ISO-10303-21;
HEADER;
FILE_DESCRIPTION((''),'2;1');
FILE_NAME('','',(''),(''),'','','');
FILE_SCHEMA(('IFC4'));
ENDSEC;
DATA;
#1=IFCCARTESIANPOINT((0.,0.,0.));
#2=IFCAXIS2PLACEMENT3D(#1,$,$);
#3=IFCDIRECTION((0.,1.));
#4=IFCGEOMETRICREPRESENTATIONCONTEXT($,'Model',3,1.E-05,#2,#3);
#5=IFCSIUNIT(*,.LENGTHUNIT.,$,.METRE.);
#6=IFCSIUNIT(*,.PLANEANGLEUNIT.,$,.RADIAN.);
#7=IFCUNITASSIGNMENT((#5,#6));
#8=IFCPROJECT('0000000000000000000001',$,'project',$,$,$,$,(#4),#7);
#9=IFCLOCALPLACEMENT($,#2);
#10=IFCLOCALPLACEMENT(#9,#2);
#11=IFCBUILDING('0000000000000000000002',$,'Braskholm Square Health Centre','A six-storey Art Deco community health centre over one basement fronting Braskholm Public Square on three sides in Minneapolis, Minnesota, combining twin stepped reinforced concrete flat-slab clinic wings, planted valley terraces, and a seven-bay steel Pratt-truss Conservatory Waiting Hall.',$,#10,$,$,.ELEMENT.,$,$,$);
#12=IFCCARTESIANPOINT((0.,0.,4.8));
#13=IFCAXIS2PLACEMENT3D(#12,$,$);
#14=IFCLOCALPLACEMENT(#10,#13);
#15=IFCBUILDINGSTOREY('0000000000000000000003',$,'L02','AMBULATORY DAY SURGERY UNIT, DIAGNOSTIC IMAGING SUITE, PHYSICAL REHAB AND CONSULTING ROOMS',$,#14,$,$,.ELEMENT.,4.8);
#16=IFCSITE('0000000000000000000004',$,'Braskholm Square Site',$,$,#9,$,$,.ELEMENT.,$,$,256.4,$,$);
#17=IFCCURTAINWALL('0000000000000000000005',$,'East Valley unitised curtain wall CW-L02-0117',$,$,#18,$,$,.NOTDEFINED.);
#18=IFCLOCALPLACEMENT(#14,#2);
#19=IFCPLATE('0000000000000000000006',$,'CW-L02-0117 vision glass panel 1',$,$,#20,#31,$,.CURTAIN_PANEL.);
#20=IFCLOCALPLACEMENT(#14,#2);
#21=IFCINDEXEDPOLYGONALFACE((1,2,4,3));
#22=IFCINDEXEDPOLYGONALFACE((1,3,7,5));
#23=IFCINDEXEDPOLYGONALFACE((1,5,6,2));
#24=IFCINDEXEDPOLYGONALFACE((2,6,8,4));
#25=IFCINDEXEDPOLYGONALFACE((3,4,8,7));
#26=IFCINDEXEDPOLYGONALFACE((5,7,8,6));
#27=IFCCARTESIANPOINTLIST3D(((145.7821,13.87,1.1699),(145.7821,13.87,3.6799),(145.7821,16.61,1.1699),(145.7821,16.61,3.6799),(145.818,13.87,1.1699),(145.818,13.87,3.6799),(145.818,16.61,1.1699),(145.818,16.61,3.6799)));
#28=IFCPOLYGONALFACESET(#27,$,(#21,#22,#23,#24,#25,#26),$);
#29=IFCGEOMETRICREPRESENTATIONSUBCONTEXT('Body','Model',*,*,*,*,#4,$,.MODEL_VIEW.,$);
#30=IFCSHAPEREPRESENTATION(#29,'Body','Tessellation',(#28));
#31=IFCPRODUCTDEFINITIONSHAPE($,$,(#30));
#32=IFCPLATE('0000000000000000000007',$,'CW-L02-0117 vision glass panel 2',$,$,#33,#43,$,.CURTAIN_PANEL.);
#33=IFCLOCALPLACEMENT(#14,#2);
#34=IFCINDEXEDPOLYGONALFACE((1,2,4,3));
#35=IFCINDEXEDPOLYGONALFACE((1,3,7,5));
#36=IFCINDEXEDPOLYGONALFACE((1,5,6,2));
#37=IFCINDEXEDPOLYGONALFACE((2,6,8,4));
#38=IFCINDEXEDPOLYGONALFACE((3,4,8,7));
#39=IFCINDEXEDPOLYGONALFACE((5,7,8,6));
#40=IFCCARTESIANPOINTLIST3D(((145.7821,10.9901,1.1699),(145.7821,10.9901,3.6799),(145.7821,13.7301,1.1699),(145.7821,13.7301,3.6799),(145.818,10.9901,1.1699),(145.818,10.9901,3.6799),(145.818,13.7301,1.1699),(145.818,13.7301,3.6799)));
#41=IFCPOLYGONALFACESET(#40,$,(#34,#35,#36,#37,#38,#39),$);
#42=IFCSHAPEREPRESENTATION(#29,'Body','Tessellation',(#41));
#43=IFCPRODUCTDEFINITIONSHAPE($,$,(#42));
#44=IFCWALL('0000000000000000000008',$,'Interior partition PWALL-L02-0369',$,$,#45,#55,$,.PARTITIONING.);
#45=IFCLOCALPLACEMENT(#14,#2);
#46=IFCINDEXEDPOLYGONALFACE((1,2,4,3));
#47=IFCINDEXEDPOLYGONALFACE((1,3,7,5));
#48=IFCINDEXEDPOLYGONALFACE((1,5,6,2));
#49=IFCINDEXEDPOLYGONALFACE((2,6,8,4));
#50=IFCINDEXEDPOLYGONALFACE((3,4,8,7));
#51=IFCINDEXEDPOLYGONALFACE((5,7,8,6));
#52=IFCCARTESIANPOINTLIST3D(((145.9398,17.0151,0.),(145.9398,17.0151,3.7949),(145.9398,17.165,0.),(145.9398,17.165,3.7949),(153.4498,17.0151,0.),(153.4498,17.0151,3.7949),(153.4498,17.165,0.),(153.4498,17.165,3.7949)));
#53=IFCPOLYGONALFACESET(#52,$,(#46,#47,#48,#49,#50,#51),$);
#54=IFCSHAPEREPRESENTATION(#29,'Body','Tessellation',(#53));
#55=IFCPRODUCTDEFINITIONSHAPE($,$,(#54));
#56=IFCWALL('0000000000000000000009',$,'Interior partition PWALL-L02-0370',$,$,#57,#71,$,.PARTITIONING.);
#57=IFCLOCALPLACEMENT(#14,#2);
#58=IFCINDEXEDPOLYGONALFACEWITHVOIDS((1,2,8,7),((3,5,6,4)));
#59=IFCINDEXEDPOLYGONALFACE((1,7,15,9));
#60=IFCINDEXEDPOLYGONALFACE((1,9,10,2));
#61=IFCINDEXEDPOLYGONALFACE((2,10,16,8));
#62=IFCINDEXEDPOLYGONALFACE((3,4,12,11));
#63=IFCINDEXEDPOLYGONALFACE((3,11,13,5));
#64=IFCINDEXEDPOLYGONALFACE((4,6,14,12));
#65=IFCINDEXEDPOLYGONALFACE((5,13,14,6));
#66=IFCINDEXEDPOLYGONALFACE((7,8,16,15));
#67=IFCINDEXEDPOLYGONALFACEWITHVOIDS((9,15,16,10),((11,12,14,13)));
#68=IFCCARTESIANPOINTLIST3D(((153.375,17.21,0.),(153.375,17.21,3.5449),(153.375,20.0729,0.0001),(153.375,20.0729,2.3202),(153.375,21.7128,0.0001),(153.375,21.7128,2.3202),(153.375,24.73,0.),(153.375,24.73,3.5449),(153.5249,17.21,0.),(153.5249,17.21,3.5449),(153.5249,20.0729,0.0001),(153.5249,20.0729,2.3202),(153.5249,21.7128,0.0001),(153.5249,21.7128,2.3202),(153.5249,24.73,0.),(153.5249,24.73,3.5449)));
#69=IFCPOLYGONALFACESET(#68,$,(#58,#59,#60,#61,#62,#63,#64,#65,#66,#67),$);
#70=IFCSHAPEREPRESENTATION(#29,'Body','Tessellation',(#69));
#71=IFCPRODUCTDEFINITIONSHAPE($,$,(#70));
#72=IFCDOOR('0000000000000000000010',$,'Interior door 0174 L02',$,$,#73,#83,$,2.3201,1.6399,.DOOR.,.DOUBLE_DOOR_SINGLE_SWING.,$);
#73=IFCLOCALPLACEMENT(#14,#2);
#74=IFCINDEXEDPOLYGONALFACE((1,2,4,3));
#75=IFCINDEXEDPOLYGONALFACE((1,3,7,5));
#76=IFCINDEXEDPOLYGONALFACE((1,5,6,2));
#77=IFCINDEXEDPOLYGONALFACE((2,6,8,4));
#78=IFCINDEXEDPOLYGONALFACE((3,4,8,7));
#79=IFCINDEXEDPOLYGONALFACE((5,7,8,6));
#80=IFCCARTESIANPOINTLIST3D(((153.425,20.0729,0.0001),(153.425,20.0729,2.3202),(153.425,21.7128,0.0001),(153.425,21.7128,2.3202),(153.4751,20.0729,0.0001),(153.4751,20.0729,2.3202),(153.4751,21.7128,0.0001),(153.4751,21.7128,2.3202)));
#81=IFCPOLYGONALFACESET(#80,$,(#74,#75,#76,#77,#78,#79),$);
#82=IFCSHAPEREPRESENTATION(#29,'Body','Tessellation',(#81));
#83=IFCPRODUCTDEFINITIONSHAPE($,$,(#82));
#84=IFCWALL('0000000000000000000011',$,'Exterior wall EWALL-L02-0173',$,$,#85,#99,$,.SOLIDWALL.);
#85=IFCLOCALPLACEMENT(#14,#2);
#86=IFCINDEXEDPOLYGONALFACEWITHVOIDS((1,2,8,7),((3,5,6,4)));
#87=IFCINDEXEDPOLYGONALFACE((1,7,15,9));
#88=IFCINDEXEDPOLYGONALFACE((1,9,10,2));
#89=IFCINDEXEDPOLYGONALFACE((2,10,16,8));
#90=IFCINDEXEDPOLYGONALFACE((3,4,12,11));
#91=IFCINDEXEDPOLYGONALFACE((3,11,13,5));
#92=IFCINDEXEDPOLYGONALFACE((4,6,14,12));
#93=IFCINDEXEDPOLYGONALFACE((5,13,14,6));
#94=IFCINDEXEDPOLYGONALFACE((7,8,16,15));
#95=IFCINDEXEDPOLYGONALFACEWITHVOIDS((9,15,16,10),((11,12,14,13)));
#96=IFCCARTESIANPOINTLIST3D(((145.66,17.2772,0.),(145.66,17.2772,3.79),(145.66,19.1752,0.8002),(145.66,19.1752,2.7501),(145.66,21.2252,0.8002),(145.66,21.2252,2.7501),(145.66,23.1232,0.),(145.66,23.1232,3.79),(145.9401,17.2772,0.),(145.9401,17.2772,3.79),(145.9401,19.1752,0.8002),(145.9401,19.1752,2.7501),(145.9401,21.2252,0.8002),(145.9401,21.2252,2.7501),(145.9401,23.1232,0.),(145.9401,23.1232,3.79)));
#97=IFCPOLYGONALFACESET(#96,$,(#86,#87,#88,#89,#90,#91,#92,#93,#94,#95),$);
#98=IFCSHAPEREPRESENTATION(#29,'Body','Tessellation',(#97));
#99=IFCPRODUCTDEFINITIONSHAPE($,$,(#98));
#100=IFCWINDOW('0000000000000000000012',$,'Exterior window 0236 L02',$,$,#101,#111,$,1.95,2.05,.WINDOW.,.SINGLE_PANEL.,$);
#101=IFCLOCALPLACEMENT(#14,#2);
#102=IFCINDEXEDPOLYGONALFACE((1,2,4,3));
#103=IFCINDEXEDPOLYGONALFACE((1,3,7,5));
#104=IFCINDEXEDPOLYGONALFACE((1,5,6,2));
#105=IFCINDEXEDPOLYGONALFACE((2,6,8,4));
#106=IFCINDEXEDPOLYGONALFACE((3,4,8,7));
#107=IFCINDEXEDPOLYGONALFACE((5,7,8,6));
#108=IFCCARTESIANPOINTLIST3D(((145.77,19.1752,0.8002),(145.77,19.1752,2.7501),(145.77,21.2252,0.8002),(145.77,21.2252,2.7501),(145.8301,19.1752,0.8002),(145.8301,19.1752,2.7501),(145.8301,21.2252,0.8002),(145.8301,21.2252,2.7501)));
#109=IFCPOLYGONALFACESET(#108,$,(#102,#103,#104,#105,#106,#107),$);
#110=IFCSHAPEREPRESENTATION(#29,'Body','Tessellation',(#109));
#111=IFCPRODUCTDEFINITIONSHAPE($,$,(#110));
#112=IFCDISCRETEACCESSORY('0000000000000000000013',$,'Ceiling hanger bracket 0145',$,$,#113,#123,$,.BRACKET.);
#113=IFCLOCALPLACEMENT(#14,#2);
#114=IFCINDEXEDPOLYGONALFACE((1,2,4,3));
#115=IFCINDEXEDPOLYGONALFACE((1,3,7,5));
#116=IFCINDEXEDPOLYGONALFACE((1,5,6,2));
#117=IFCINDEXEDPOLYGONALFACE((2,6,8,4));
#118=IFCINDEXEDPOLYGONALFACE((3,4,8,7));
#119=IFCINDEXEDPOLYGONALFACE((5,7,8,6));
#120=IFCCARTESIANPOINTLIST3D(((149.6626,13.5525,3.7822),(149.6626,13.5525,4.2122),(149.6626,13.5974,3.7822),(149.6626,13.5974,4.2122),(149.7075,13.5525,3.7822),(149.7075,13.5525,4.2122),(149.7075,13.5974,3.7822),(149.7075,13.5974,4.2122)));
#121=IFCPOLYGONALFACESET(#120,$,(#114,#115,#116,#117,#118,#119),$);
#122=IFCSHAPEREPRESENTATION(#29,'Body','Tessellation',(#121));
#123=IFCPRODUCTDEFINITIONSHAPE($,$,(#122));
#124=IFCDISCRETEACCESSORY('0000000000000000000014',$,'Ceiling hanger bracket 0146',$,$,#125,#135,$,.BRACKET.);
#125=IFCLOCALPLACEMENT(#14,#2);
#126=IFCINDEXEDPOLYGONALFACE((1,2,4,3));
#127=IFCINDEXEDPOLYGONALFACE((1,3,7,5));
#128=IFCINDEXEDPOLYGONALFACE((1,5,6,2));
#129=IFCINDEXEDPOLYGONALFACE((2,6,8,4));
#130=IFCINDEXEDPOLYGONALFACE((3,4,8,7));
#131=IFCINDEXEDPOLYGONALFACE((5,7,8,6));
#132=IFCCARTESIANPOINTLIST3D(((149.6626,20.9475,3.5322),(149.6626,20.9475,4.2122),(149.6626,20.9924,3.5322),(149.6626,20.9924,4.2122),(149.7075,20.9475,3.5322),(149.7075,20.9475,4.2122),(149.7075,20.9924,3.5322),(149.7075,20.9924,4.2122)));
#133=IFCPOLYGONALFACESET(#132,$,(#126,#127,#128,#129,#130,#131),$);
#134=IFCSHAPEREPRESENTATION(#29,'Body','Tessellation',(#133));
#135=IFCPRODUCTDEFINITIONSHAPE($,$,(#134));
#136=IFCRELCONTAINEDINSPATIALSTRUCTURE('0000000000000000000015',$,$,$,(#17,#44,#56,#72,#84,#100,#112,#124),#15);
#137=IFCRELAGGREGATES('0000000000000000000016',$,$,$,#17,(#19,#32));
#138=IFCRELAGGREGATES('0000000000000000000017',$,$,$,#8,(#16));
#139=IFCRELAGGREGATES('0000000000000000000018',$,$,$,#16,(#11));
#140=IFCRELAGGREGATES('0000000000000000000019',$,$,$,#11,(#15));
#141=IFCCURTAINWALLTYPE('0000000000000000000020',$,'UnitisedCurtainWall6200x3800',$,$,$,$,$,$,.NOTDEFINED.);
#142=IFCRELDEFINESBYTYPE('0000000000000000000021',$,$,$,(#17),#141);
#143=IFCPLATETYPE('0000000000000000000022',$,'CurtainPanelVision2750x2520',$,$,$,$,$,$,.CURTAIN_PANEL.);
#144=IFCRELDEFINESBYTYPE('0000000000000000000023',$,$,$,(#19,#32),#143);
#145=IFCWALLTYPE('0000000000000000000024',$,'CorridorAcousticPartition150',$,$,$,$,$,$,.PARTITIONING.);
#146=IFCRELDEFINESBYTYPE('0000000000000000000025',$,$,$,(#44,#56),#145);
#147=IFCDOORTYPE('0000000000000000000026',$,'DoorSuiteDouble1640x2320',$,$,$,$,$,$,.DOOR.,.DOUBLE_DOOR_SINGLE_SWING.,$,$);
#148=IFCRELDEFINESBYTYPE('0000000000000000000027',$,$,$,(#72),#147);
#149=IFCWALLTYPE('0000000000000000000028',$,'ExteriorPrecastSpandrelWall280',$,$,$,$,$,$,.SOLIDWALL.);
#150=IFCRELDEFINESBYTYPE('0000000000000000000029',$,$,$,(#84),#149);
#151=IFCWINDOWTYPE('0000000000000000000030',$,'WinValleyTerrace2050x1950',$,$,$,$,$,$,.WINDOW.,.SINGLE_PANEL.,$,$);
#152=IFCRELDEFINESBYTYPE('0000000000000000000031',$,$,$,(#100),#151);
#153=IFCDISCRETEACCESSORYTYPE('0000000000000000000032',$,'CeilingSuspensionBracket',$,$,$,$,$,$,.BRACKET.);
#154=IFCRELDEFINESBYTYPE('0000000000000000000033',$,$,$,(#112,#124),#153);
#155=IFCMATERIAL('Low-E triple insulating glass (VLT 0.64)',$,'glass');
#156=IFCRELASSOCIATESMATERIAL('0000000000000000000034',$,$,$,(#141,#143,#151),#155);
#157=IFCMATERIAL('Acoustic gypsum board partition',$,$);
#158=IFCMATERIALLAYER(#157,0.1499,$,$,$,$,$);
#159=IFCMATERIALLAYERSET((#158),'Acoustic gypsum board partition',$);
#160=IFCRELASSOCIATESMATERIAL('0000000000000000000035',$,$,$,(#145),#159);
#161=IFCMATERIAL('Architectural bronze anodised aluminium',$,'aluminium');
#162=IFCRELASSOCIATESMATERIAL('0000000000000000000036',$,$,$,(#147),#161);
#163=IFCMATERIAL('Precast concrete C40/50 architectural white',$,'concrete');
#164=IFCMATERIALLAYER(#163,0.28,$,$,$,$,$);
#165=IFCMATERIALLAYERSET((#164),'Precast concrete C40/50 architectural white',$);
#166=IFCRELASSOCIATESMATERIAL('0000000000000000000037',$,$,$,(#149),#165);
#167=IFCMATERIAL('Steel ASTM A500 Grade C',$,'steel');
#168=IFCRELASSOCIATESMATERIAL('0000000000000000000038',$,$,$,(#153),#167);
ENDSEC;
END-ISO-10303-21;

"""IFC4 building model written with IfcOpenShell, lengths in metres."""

from ifc_helpers import new_model, si_unit, direction, frame, frame_2d, origin, origin_with_axes, origin_2d, place, context, subcontext, project, spatial, rectangle, extrude, material, layer, layer_set, type_object, element, fill, aggregate, save


model = new_model("IFC4")

# Units and contexts
model_context = context("Model", 3, precision=1e-05, world=origin(), true_north=direction((0.0, 1.0)))
body_context = subcontext(model_context, "Body", "Model", "MODEL_VIEW")
ifc_project = project(units=[si_unit("LENGTHUNIT", "METRE"), si_unit("PLANEANGLEUNIT", "RADIAN")], contexts=[model_context])

# Site, building, storey
site_placement = place(None, origin())
site = spatial("IfcSite", under=ifc_project, at=site_placement, Name="Braskholm Square Site", CompositionType="ELEMENT", RefElevation=256.4)
building_placement = place(site_placement, origin())
building = spatial("IfcBuilding", under=site, at=building_placement, Name="Braskholm Square Health Centre", Description="A six-storey Art Deco community health centre over one basement fronting Braskholm Public Square on three sides in Minneapolis, Minnesota, combining twin stepped reinforced concrete flat-slab clinic wings, planted valley terraces, and a seven-bay steel Pratt-truss Conservatory Waiting Hall.", CompositionType="ELEMENT")
storey_placement = place(building_placement, frame((0.0, 0.0, 4.8)))
storey = spatial("IfcBuildingStorey", under=building, at=storey_placement, Name="L02", Description="AMBULATORY DAY SURGERY UNIT, DIAGNOSTIC IMAGING SUITE, PHYSICAL REHAB AND CONSULTING ROOMS", CompositionType="ELEMENT", Elevation=4.8)

# Curtain wall
ifc_material_1 = material(Name="Low-E triple insulating glass (VLT 0.64)", Category="glass")
curtain_wall_type = type_object("IfcCurtainWallType", Name="UnitisedCurtainWall6200x3800", PredefinedType="NOTDEFINED", material=ifc_material_1)
curtain_wall_placement = place(storey_placement, origin())
curtain_wall = element("IfcCurtainWall", 1, at=curtain_wall_placement, inside=storey, type_object=curtain_wall_type, Name="East Valley unitised curtain wall CW-L02-0117", PredefinedType="NOTDEFINED")
ifc_material_2 = material(Name="Architectural bronze anodised aluminium", Category="aluminium")

# Shared definitions
ifc_material_3 = material(Name="Precast concrete C40/50 architectural white", Category="concrete")

# Plates
plate_type_1 = type_object("IfcPlateType", Name="CurtainPanelVision2750x2520", PredefinedType="CURTAIN_PANEL", material=ifc_material_1)
plate_1_placement = place(storey_placement, frame((145.8, 15.24, 1.1699), z_axis=(0.0, 0.0, 1.0), x_axis=(0.0, -1.0, 0.0)))
plate_1 = element("IfcPlate", 2, at=plate_1_placement, type_object=plate_type_1, Name="CW-L02-0117 vision glass panel 1", PredefinedType="CURTAIN_PANEL", context=body_context, shape_type="SweptSolid", body=[
    extrude(rectangle(XDim=2.74, YDim=0.0359, at=origin_2d()), origin(), (0.0, 0.0, 1.0), 2.51),
])
plate_2_placement = place(storey_placement, frame((145.8, 12.3601, 1.1699), z_axis=(0.0, 0.0, 1.0), x_axis=(0.0, -1.0, 0.0)))
plate_2 = element("IfcPlate", 3, at=plate_2_placement, type_object=plate_type_1, Name="CW-L02-0117 vision glass panel 2", PredefinedType="CURTAIN_PANEL", context=body_context, shape_type="SweptSolid", body=[
    extrude(rectangle(XDim=2.74, YDim=0.0359, at=origin_2d()), origin(), (0.0, 0.0, 1.0), 2.51),
])
aggregate(curtain_wall, [plate_1, plate_2])

# Wall
ifc_material_4 = material(Name="Acoustic gypsum board partition")
ifc_layer_1 = layer(ifc_material_4, 0.1499)
ifc_layer_set_1 = layer_set([ifc_layer_1], Name="Acoustic gypsum board partition")
wall_type_1 = type_object("IfcWallType", Name="CorridorAcousticPartition150", PredefinedType="PARTITIONING", material=ifc_layer_set_1)
wall_1_placement = place(storey_placement, frame((145.9399, 17.0901, 0.0), z_axis=(0.0, 0.0, 1.0), x_axis=(1.0, 0.0, 0.0)))
element("IfcWall", 4, at=wall_1_placement, inside=storey, type_object=wall_type_1, Name="Interior partition PWALL-L02-0369", PredefinedType="PARTITIONING", context=body_context, shape_type="SweptSolid", body=[
    extrude(rectangle(XDim=7.51, YDim=0.1499, at=frame_2d((3.7549, 0.0))), origin(), (0.0, 0.0, 1.0), 3.7949),
])

# Wall, opening, door
wall_2_placement = place(storey_placement, frame((153.45, 17.21, 0.0), z_axis=(0.0, 0.0, 1.0), x_axis=(0.0, 1.0, 0.0)))
wall_2 = element("IfcWall", 5, at=wall_2_placement, inside=storey, type_object=wall_type_1, Name="Interior partition PWALL-L02-0370", PredefinedType="PARTITIONING", context=body_context, shape_type="SweptSolid", body=[
    extrude(rectangle(XDim=7.52, YDim=0.1499, at=frame_2d((3.76, 0.0))), origin(), (0.0, 0.0, 1.0), 3.5449),
])
opening_1_placement = place(wall_2_placement, frame((2.863, 0.0, 0.0)))
opening_1 = element("IfcOpeningElement", 6, at=opening_1_placement, cuts=wall_2, PredefinedType="OPENING", context=body_context, shape_type="SweptSolid", body=[
    extrude(rectangle(XDim=1.6399, YDim=2.3201, at=frame_2d((0.8198, 1.1602))), frame((0.0, 0.085, 0.0), z_axis=(0.0, -1.0, 0.0), x_axis=(1.0, 0.0, 0.0)), (0.0, 0.0, 1.0), 0.1699),
])
door_type = type_object("IfcDoorType", Name="DoorSuiteDouble1640x2320", OperationType="DOUBLE_DOOR_SINGLE_SWING", PredefinedType="DOOR", material=ifc_material_2)
door_placement = place(opening_1_placement, origin_with_axes())
door = element("IfcDoor", 7, at=door_placement, inside=storey, type_object=door_type, Name="Interior door 0174 L02", OperationType="DOUBLE_DOOR_SINGLE_SWING", OverallHeight=2.3201, OverallWidth=1.6399, PredefinedType="DOOR", context=body_context, shape_type="SweptSolid", body=[
    extrude(rectangle(XDim=1.6399, YDim=2.3201, at=frame_2d((0.8198, 1.1602))), frame((0.0, 0.0249, 0.0), z_axis=(0.0, -1.0, 0.0), x_axis=(1.0, 0.0, 0.0)), (0.0, 0.0, 1.0), 0.05),
])
fill(opening_1, door)

# Wall, opening, window
ifc_layer_2 = layer(ifc_material_3, 0.28)
ifc_layer_set_2 = layer_set([ifc_layer_2], Name="Precast concrete C40/50 architectural white")
wall_type_2 = type_object("IfcWallType", Name="ExteriorPrecastSpandrelWall280", PredefinedType="SOLIDWALL", material=ifc_layer_set_2)
wall_3_placement = place(storey_placement, frame((145.8, 23.123, 0.0), z_axis=(0.0, 0.0, 1.0), x_axis=(0.0, -1.0, 0.0)))
wall_3 = element("IfcWall", 8, at=wall_3_placement, inside=storey, type_object=wall_type_2, Name="Exterior wall EWALL-L02-0173", PredefinedType="SOLIDWALL", context=body_context, shape_type="SweptSolid", body=[
    extrude(rectangle(XDim=5.8459, YDim=0.28, at=frame_2d((2.9229, 0.0))), origin(), (0.0, 0.0, 1.0), 3.79),
])
opening_2_placement = place(wall_3_placement, frame((1.8979, 0.0, 0.8)))
opening_2 = element("IfcOpeningElement", 9, at=opening_2_placement, cuts=wall_3, PredefinedType="OPENING", context=body_context, shape_type="SweptSolid", body=[
    extrude(rectangle(XDim=2.05, YDim=1.95, at=frame_2d((1.0249, 0.9751))), frame((0.0, 0.1499, 0.0), z_axis=(0.0, -1.0, 0.0), x_axis=(1.0, 0.0, 0.0)), (0.0, 0.0, 1.0), 0.3),
])
window_type = type_object("IfcWindowType", Name="WinValleyTerrace2050x1950", PartitioningType="SINGLE_PANEL", PredefinedType="WINDOW", material=ifc_material_1)
window_placement = place(opening_2_placement, origin_with_axes())
window = element("IfcWindow", 10, at=window_placement, inside=storey, type_object=window_type, Name="Exterior window 0236 L02", OverallHeight=1.95, OverallWidth=2.05, PartitioningType="SINGLE_PANEL", PredefinedType="WINDOW", context=body_context, shape_type="SweptSolid", body=[
    extrude(rectangle(XDim=2.05, YDim=1.95, at=frame_2d((1.0249, 0.9751))), frame((0.0, 0.03, 0.0), z_axis=(0.0, -1.0, 0.0), x_axis=(1.0, 0.0, 0.0)), (0.0, 0.0, 1.0), 0.0601),
])
fill(opening_2, window)

# Discrete accessories
ifc_material_5 = material(Name="Steel ASTM A500 Grade C", Category="steel")
discrete_accessory_type = type_object("IfcDiscreteAccessoryType", Name="CeilingSuspensionBracket", PredefinedType="BRACKET", material=ifc_material_5)
discrete_accessory_1_placement = place(storey_placement, frame((149.6851, 13.575, 3.7822), z_axis=(0.0, 0.0, 1.0), x_axis=(1.0, 0.0, 0.0)))
element("IfcDiscreteAccessory", 11, at=discrete_accessory_1_placement, inside=storey, type_object=discrete_accessory_type, Name="Ceiling hanger bracket 0145", PredefinedType="BRACKET", context=body_context, shape_type="SweptSolid", body=[
    extrude(rectangle(XDim=0.0449, YDim=0.0449, at=origin_2d()), origin(), (0.0, 0.0, 1.0), 0.4299),
])
discrete_accessory_2_placement = place(storey_placement, frame((149.6851, 20.97, 3.5322), z_axis=(0.0, 0.0, 1.0), x_axis=(1.0, 0.0, 0.0)))
element("IfcDiscreteAccessory", 12, at=discrete_accessory_2_placement, inside=storey, type_object=discrete_accessory_type, Name="Ceiling hanger bracket 0146", PredefinedType="BRACKET", context=body_context, shape_type="SweptSolid", body=[
    extrude(rectangle(XDim=0.0449, YDim=0.0449, at=origin_2d()), origin(), (0.0, 0.0, 1.0), 0.6799),
])

save(model, "model.ifc")
